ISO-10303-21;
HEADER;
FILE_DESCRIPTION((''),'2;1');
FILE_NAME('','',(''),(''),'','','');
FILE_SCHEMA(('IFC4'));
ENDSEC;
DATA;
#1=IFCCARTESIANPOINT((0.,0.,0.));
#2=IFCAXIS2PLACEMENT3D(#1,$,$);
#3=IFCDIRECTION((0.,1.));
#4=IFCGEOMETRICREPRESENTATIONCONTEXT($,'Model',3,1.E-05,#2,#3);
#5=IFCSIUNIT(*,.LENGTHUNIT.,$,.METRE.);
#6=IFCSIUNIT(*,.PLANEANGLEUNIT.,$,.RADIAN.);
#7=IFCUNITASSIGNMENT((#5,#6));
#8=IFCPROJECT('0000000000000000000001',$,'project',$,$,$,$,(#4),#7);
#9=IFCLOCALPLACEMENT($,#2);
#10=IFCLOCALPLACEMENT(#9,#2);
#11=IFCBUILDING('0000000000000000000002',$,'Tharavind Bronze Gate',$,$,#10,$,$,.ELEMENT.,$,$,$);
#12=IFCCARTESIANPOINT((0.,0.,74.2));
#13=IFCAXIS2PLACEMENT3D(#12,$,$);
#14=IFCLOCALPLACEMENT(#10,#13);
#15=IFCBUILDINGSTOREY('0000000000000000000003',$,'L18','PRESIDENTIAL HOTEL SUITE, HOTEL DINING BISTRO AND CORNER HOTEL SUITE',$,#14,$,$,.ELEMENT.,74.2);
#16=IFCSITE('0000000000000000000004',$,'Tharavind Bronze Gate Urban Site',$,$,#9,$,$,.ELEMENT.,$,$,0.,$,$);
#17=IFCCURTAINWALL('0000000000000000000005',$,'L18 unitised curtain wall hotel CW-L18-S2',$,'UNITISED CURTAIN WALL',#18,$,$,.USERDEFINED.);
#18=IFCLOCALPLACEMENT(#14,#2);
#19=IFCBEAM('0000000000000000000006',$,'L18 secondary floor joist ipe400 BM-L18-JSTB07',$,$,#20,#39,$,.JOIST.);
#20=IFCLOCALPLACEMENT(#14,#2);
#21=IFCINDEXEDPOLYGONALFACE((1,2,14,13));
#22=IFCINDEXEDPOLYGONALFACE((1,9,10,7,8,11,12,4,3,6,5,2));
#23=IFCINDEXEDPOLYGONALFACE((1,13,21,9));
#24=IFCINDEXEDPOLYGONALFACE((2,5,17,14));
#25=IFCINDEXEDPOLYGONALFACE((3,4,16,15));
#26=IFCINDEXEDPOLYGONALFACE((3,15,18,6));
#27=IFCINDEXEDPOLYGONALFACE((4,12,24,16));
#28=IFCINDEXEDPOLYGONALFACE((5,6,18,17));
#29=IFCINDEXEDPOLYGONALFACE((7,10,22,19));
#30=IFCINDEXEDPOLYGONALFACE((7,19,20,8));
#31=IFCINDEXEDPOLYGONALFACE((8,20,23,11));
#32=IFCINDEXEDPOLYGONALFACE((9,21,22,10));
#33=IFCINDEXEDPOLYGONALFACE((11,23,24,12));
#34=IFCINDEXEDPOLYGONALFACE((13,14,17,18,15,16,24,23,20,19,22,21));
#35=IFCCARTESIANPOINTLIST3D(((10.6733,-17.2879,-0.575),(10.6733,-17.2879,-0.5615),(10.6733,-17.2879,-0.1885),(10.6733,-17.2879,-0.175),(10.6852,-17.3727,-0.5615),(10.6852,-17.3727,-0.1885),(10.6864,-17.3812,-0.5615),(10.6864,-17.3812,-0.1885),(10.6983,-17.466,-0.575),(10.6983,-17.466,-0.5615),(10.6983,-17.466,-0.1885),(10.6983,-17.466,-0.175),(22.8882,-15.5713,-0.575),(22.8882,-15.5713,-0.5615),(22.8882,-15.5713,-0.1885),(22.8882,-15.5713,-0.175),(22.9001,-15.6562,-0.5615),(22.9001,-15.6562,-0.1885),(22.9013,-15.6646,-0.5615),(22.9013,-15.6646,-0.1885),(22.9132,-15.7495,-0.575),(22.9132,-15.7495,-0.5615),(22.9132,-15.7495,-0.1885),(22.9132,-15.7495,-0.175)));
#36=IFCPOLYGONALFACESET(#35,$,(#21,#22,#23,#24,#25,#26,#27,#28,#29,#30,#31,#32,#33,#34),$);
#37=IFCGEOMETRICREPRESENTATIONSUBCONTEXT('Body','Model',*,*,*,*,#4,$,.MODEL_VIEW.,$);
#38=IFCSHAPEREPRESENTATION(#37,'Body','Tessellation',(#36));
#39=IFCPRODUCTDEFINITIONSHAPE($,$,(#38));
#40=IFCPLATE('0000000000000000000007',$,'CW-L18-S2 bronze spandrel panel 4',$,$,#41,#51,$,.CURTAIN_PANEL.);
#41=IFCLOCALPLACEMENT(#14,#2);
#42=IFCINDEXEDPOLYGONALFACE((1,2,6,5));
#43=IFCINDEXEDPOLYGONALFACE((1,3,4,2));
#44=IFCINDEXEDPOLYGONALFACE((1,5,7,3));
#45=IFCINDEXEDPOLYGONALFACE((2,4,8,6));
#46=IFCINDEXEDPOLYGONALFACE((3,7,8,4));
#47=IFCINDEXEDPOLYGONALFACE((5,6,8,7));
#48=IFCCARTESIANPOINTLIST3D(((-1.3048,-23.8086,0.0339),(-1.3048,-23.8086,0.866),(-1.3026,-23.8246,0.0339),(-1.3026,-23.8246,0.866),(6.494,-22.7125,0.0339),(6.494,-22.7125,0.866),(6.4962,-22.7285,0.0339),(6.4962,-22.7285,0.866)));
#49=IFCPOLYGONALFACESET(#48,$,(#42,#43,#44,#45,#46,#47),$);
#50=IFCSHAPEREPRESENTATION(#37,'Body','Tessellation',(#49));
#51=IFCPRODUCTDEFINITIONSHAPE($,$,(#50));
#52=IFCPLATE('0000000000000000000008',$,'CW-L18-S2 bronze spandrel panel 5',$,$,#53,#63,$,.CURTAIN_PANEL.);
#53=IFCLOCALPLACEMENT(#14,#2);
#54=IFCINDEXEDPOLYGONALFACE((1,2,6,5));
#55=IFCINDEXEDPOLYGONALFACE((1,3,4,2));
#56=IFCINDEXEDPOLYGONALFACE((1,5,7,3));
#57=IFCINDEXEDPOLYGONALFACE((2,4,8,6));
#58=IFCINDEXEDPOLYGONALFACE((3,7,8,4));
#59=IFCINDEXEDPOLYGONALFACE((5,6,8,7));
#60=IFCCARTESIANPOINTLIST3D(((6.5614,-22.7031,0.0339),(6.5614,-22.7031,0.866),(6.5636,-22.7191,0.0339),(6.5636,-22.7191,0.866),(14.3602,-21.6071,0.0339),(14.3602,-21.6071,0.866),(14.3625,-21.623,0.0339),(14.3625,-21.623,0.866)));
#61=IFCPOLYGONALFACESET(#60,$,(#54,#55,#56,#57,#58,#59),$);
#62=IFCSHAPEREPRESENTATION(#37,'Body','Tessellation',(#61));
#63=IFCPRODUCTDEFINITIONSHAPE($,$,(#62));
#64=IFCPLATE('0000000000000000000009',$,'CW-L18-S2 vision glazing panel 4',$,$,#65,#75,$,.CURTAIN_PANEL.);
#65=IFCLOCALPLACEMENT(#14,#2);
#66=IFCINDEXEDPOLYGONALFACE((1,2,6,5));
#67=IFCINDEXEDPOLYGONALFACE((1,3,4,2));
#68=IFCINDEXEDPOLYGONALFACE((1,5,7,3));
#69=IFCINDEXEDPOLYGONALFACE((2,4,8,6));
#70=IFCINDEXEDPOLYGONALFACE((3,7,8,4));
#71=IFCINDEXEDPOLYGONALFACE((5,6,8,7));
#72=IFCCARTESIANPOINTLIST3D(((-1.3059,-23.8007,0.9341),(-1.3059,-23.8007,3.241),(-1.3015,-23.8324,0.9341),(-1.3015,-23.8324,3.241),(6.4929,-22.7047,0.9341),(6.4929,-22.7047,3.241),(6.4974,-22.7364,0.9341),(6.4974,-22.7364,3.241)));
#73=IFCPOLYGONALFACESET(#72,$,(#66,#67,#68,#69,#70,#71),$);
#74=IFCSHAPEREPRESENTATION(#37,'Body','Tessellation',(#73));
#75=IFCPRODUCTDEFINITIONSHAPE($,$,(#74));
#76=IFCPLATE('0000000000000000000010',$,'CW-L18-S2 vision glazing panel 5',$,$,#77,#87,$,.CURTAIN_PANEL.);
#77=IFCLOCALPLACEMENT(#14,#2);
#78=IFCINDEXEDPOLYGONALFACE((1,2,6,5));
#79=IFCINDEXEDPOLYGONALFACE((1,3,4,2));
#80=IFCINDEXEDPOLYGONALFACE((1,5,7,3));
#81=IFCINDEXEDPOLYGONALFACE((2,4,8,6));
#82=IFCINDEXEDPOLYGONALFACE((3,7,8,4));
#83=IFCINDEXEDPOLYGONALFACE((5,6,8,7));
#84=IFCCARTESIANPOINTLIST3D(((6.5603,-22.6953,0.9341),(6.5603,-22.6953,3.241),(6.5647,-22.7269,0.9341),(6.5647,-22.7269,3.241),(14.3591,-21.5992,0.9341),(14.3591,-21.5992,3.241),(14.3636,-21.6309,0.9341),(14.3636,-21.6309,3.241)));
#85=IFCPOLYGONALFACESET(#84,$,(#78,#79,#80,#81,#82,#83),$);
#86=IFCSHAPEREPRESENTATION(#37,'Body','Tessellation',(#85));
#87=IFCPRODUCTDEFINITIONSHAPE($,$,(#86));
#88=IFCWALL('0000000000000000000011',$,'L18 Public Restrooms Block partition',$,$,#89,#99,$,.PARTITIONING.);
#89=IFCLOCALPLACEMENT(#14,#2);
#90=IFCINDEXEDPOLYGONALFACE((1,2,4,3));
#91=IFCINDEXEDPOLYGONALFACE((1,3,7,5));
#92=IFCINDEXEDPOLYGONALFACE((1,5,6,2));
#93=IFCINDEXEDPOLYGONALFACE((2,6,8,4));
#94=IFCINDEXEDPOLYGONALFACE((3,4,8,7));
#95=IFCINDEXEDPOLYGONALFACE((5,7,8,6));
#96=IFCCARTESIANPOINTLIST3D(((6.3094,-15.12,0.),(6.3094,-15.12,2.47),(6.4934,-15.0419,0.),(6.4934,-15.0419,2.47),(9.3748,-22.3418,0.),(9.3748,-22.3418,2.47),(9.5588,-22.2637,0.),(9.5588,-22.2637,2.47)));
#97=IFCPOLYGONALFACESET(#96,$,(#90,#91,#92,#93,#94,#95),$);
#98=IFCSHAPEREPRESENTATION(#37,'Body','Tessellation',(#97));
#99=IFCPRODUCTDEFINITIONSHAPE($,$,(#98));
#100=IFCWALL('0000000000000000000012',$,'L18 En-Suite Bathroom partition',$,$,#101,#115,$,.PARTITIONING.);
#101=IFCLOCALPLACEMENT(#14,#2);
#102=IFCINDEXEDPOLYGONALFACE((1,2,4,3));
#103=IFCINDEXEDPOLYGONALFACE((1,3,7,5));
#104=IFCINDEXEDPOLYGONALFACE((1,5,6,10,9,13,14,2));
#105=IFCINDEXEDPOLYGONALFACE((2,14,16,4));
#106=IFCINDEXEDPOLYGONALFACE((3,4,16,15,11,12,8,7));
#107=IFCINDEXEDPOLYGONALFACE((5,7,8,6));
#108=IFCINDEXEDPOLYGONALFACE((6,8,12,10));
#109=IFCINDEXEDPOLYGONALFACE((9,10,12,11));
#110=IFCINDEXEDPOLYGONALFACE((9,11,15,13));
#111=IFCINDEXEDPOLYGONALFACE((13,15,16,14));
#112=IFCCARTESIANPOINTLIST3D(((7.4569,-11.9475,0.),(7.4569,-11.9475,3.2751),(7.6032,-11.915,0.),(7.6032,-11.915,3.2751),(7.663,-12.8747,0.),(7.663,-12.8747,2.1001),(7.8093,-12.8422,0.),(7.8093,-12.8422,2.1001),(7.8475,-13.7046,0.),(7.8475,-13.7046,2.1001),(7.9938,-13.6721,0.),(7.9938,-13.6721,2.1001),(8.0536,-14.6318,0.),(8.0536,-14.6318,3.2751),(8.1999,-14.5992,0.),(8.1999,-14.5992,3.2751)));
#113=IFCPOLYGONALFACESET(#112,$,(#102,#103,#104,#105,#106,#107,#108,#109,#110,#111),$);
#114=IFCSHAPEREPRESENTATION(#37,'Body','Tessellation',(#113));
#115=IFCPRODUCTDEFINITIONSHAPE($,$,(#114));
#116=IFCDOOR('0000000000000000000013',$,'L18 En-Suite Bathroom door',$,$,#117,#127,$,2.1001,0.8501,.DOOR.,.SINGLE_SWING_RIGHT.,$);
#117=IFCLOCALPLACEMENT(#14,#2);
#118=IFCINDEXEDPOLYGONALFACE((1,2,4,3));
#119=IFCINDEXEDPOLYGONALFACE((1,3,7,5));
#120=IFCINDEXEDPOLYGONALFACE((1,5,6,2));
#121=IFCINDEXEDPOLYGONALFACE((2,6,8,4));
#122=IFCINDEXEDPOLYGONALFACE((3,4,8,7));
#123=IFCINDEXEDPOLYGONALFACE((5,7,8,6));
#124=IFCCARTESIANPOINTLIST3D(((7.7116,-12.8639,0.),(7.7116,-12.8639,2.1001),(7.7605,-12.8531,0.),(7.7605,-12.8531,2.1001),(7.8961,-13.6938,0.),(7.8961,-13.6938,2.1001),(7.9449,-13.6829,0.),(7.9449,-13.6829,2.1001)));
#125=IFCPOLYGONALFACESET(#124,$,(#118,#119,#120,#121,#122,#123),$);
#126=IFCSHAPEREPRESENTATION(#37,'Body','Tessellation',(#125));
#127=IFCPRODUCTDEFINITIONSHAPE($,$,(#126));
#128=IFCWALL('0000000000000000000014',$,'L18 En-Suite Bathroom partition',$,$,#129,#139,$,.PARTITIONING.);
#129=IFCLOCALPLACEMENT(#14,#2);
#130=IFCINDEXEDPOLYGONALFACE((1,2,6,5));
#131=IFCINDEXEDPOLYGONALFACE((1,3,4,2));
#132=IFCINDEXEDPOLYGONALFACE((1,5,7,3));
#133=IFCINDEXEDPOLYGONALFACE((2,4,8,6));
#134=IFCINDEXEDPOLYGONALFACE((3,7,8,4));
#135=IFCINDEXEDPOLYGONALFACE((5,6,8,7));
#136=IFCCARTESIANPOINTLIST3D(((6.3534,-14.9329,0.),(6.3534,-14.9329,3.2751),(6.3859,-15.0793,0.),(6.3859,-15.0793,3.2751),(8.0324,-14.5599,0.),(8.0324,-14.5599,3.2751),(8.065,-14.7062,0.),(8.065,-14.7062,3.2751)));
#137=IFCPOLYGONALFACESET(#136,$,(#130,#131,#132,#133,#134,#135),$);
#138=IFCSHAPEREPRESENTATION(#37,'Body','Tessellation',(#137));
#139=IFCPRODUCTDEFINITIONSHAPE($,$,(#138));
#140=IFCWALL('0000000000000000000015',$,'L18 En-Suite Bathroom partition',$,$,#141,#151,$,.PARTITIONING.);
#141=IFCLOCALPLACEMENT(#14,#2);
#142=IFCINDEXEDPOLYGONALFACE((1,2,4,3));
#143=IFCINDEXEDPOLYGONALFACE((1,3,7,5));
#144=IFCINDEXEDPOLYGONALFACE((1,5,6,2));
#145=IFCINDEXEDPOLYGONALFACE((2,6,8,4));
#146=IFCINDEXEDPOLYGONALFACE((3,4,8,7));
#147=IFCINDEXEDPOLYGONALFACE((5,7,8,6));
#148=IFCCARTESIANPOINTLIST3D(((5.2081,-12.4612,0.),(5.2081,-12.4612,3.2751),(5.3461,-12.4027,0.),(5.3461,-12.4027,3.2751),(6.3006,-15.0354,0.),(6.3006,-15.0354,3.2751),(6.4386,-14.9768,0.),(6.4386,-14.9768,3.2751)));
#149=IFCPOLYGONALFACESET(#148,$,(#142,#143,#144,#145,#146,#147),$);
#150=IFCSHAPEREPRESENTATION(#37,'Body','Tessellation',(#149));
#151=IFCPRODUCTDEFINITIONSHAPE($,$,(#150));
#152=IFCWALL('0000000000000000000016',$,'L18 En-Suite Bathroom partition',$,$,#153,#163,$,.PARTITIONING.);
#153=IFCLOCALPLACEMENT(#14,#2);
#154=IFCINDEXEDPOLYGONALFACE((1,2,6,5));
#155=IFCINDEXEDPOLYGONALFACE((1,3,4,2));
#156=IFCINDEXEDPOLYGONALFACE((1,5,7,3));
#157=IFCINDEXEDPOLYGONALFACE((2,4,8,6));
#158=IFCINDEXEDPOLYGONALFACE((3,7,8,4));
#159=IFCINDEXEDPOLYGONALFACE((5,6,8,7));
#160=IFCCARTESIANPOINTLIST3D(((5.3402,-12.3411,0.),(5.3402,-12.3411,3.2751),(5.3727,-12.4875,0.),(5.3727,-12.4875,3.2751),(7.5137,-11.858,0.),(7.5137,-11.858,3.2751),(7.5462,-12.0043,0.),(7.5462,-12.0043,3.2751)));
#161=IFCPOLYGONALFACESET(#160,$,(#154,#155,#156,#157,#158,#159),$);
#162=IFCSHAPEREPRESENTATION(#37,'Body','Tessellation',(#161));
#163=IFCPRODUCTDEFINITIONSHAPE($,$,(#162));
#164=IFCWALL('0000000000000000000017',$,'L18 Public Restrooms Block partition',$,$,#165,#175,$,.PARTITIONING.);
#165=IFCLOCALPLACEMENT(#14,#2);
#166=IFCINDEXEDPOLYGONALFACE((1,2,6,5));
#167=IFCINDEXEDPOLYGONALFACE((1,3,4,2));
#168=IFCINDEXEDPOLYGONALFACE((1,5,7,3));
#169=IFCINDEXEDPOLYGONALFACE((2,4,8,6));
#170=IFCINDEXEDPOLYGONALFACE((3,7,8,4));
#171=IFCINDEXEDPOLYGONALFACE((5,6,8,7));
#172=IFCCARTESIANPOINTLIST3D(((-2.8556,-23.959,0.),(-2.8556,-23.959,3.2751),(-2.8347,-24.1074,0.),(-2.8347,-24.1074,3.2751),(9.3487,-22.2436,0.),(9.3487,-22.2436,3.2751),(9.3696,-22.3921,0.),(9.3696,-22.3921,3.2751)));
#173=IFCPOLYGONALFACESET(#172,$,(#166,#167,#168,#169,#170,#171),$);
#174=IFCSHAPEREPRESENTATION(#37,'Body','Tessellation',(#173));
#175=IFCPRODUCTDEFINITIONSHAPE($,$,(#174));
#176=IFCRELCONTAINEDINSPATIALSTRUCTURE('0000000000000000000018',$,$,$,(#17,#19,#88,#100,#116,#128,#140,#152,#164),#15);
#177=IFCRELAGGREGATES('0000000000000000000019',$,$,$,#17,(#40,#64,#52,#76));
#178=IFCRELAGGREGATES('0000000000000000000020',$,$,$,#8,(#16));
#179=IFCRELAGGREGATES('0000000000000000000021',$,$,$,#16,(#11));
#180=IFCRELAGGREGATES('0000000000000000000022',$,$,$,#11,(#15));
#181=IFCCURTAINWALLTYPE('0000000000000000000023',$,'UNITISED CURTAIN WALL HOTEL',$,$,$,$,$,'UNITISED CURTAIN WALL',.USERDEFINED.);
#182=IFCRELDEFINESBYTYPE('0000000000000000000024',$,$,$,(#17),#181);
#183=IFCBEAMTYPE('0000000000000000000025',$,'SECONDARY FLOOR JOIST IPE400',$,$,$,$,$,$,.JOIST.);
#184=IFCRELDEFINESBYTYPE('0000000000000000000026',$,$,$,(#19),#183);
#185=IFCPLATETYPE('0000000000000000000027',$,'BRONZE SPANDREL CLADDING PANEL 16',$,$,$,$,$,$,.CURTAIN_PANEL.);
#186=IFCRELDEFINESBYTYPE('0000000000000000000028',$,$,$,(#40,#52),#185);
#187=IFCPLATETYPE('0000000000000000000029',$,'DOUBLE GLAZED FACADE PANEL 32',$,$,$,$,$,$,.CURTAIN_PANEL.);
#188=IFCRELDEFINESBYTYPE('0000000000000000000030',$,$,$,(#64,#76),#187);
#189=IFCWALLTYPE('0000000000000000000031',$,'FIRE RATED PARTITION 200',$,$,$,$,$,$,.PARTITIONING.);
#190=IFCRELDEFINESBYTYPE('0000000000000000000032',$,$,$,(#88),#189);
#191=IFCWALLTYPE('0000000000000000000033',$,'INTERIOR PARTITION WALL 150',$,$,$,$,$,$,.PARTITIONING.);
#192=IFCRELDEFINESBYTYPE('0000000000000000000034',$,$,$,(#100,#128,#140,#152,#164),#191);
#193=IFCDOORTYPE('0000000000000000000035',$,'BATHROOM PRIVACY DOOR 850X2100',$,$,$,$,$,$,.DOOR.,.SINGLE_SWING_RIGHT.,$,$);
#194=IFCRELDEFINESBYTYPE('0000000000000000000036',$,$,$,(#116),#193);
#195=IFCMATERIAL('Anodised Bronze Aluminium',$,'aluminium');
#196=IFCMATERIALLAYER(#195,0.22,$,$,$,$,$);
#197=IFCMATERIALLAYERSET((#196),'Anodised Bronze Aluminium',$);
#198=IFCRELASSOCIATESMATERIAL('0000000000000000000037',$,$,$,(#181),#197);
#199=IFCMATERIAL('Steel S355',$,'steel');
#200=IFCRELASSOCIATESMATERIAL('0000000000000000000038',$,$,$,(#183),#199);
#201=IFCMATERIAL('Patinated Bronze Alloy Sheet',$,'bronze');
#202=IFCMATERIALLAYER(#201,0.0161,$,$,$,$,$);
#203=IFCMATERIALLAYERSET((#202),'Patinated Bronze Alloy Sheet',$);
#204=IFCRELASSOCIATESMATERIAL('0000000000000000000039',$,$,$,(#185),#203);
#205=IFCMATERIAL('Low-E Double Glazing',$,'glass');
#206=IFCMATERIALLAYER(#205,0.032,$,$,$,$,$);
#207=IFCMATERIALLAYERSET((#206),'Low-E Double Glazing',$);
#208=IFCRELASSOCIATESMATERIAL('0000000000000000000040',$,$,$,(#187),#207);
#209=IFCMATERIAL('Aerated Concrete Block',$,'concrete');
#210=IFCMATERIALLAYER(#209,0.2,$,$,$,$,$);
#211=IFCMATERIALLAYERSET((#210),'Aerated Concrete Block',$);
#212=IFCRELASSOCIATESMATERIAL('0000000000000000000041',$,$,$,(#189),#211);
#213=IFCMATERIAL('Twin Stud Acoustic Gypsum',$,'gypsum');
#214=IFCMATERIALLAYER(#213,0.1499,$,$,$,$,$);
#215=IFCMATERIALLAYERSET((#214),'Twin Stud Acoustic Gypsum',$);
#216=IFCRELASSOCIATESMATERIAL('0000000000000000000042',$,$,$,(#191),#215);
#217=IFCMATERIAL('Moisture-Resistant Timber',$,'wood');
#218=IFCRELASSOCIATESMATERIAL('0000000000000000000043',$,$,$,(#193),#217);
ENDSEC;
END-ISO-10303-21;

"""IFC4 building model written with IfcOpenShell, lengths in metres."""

from ifc_helpers import new_model, si_unit, direction, frame, frame_2d, origin, origin_2d, place, context, subcontext, project, spatial, rectangle, i_section, extrude, material, layer, layer_set, material_profile, profile_set, type_object, element, fill, aggregate, save


model = new_model("IFC4")

# Units and contexts
model_context = context("Model", 3, precision=1e-05, world=origin(), true_north=direction((0.0, 1.0)))
body_context = subcontext(model_context, "Body", "Model", "MODEL_VIEW")
ifc_project = project(units=[si_unit("LENGTHUNIT", "METRE"), si_unit("PLANEANGLEUNIT", "RADIAN")], contexts=[model_context])

# Site, building, storey
site_placement = place(None, origin())
site = spatial("IfcSite", under=ifc_project, at=site_placement, Name="Tharavind Bronze Gate Urban Site", CompositionType="ELEMENT", RefElevation=0.0)
building_placement = place(site_placement, origin())
building = spatial("IfcBuilding", under=site, at=building_placement, Name="Tharavind Bronze Gate", CompositionType="ELEMENT")
storey_placement = place(building_placement, frame((0.0, 0.0, 74.2)))
storey = spatial("IfcBuildingStorey", under=building, at=storey_placement, Name="L18", Description="PRESIDENTIAL HOTEL SUITE, HOTEL DINING BISTRO AND CORNER HOTEL SUITE", CompositionType="ELEMENT", Elevation=74.2)

# Curtain wall
ifc_material_1 = material(Name="Anodised Bronze Aluminium", Category="aluminium")
ifc_layer_1 = layer(ifc_material_1, 0.22)
ifc_layer_set_1 = layer_set([ifc_layer_1], Name="Anodised Bronze Aluminium")
curtain_wall_type = type_object("IfcCurtainWallType", Name="UNITISED CURTAIN WALL HOTEL", ElementType="UNITISED CURTAIN WALL", PredefinedType="USERDEFINED", material=ifc_layer_set_1)
curtain_wall_placement = place(storey_placement, origin())
curtain_wall = element("IfcCurtainWall", 1, at=curtain_wall_placement, inside=storey, type_object=curtain_wall_type, Name="L18 unitised curtain wall hotel CW-L18-S2", ObjectType="UNITISED CURTAIN WALL", PredefinedType="USERDEFINED")

# Beam
ifc_material_2 = material(Name="Steel S355", Category="steel")
ifc_material_profile_1 = material_profile(ifc_material_2, i_section(OverallWidth=0.1799, OverallDepth=0.3999, WebThickness=0.0085, FlangeThickness=0.0134, at=origin_2d()), Name="IPE400")
ifc_profile_set_1 = profile_set([ifc_material_profile_1], Name="Steel S355")
beam_type_1 = type_object("IfcBeamType", Name="SECONDARY FLOOR JOIST IPE400", PredefinedType="JOIST", material=ifc_profile_set_1)
beam_1_placement = place(storey_placement, frame((10.6858, -17.377, -0.375), z_axis=(0.99027, 0.139163, 0.0), x_axis=(-0.139163, 0.99027, 0.0)))
element("IfcBeam", 2, at=beam_1_placement, inside=storey, type_object=beam_type_1, Name="L18 secondary floor joist ipe400 BM-L18-JSTB07", PredefinedType="JOIST", context=body_context, shape_type="SweptSolid", body=[
    extrude(i_section(OverallWidth=0.1799, OverallDepth=0.3999, WebThickness=0.0085, FlangeThickness=0.0134, at=origin_2d()), origin(), (0.0, 0.0, 1.0), 12.335),
])

# Plates
ifc_material_3 = material(Name="Patinated Bronze Alloy Sheet", Category="bronze")
ifc_layer_2 = layer(ifc_material_3, 0.0161)
ifc_layer_set_2 = layer_set([ifc_layer_2], Name="Patinated Bronze Alloy Sheet")
plate_type_1 = type_object("IfcPlateType", Name="BRONZE SPANDREL CLADDING PANEL 16", PredefinedType="CURTAIN_PANEL", material=ifc_layer_set_2)
plate_1_placement = place(storey_placement, frame((2.5957, -23.2686, 0.0339), z_axis=(0.0, 0.0, 1.0), x_axis=(0.990268, 0.139173, 0.0)))
plate_1 = element("IfcPlate", 3, at=plate_1_placement, type_object=plate_type_1, Name="CW-L18-S2 bronze spandrel panel 4", PredefinedType="CURTAIN_PANEL", context=body_context, shape_type="SweptSolid", body=[
    extrude(rectangle(XDim=7.8755, YDim=0.0161, at=origin_2d()), origin(), (0.0, 0.0, 1.0), 0.832),
])
plate_2_placement = place(storey_placement, frame((10.4619, -22.1631, 0.0339), z_axis=(0.0, 0.0, 1.0), x_axis=(0.990268, 0.139173, 0.0)))
plate_2 = element("IfcPlate", 4, at=plate_2_placement, type_object=plate_type_1, Name="CW-L18-S2 bronze spandrel panel 5", PredefinedType="CURTAIN_PANEL", context=body_context, shape_type="SweptSolid", body=[
    extrude(rectangle(XDim=7.8755, YDim=0.0161, at=origin_2d()), origin(), (0.0, 0.0, 1.0), 0.832),
])
ifc_material_4 = material(Name="Low-E Double Glazing", Category="glass")
ifc_layer_3 = layer(ifc_material_4, 0.032)
ifc_layer_set_3 = layer_set([ifc_layer_3], Name="Low-E Double Glazing")
plate_type_2 = type_object("IfcPlateType", Name="DOUBLE GLAZED FACADE PANEL 32", PredefinedType="CURTAIN_PANEL", material=ifc_layer_set_3)
plate_3_placement = place(storey_placement, frame((2.5957, -23.2686, 0.9341), z_axis=(0.0, 0.0, 1.0), x_axis=(0.990268, 0.139173, 0.0)))
plate_3 = element("IfcPlate", 5, at=plate_3_placement, type_object=plate_type_2, Name="CW-L18-S2 vision glazing panel 4", PredefinedType="CURTAIN_PANEL", context=body_context, shape_type="SweptSolid", body=[
    extrude(rectangle(XDim=7.8755, YDim=0.032, at=origin_2d()), origin(), (0.0, 0.0, 1.0), 2.3069),
])
plate_4_placement = place(storey_placement, frame((10.4619, -22.1631, 0.9341), z_axis=(0.0, 0.0, 1.0), x_axis=(0.990268, 0.139173, 0.0)))
plate_4 = element("IfcPlate", 6, at=plate_4_placement, type_object=plate_type_2, Name="CW-L18-S2 vision glazing panel 5", PredefinedType="CURTAIN_PANEL", context=body_context, shape_type="SweptSolid", body=[
    extrude(rectangle(XDim=7.8755, YDim=0.032, at=origin_2d()), origin(), (0.0, 0.0, 1.0), 2.3069),
])
aggregate(curtain_wall, [plate_1, plate_3, plate_2, plate_4])

# Wall
ifc_material_5 = material(Name="Aerated Concrete Block", Category="concrete")
ifc_layer_4 = layer(ifc_material_5, 0.2)
ifc_layer_set_4 = layer_set([ifc_layer_4], Name="Aerated Concrete Block")
wall_type_1 = type_object("IfcWallType", Name="FIRE RATED PARTITION 200", PredefinedType="PARTITIONING", material=ifc_layer_set_4)
wall_1_placement = place(storey_placement, frame((6.4014, -15.0808, 0.0), z_axis=(0.0, 0.0, 1.0), x_axis=(0.390721, -0.920509, 0.0)))
element("IfcWall", 7, at=wall_1_placement, inside=storey, type_object=wall_type_1, Name="L18 Public Restrooms Block partition", PredefinedType="PARTITIONING", context=body_context, shape_type="SweptSolid", body=[
    extrude(rectangle(XDim=7.8455, YDim=0.2, at=frame_2d((3.9229, 0.0))), origin(), (0.0, 0.0, 1.0), 2.47),
])

# Wall, opening, door
ifc_material_6 = material(Name="Twin Stud Acoustic Gypsum", Category="gypsum")
ifc_layer_5 = layer(ifc_material_6, 0.1499)
ifc_layer_set_5 = layer_set([ifc_layer_5], Name="Twin Stud Acoustic Gypsum")
wall_type_2 = type_object("IfcWallType", Name="INTERIOR PARTITION WALL 150", PredefinedType="PARTITIONING", material=ifc_layer_set_5)
wall_2_placement = place(storey_placement, frame((7.53, -11.9312, 0.0), z_axis=(0.0, 0.0, 1.0), x_axis=(0.216987, -0.976175, 0.0)))
wall_2 = element("IfcWall", 8, at=wall_2_placement, inside=storey, type_object=wall_type_2, Name="L18 En-Suite Bathroom partition", PredefinedType="PARTITIONING", context=body_context, shape_type="SweptSolid", body=[
    extrude(rectangle(XDim=2.7498, YDim=0.1499, at=frame_2d((1.375, 0.0))), origin(), (0.0, 0.0, 1.0), 3.2751),
])
opening_placement = place(wall_2_placement, frame((0.95, 0.0, 0.0)))
opening = element("IfcOpeningElement", 9, at=opening_placement, cuts=wall_2, PredefinedType="OPENING", context=body_context, shape_type="SweptSolid", body=[
    extrude(rectangle(XDim=0.8501, YDim=2.1001, at=frame_2d((0.425, 1.05))), frame((0.0, 0.085, 0.0), z_axis=(0.0, -1.0, 0.0), x_axis=(1.0, 0.0, 0.0)), (0.0, 0.0, 1.0), 0.1699),
])
ifc_material_7 = material(Name="Moisture-Resistant Timber", Category="wood")
door_type = type_object("IfcDoorType", Name="BATHROOM PRIVACY DOOR 850X2100", OperationType="SINGLE_SWING_RIGHT", PredefinedType="DOOR", material=ifc_material_7)
door_placement = place(opening_placement, origin())
door = element("IfcDoor", 10, at=door_placement, inside=storey, type_object=door_type, Name="L18 En-Suite Bathroom door", OperationType="SINGLE_SWING_RIGHT", OverallHeight=2.1001, OverallWidth=0.8501, PredefinedType="DOOR", context=body_context, shape_type="SweptSolid", body=[
    extrude(rectangle(XDim=0.8501, YDim=2.1001, at=frame_2d((0.425, 1.05))), frame((0.0, 0.0249, 0.0), z_axis=(0.0, -1.0, 0.0), x_axis=(1.0, 0.0, 0.0)), (0.0, 0.0, 1.0), 0.05),
])
fill(opening, door)

# Walls
wall_3_placement = place(storey_placement, frame((8.0486, -14.6331, 0.0), z_axis=(0.0, 0.0, 1.0), x_axis=(-0.976194, -0.2169, 0.0)))
element("IfcWall", 11, at=wall_3_placement, inside=storey, type_object=wall_type_2, Name="L18 En-Suite Bathroom partition", PredefinedType="PARTITIONING", context=body_context, shape_type="SweptSolid", body=[
    extrude(rectangle(XDim=1.72, YDim=0.1499, at=frame_2d((0.8599, 0.0))), origin(), (0.0, 0.0, 1.0), 3.2751),
])
wall_4_placement = place(storey_placement, frame((6.3696, -15.0061, 0.0), z_axis=(0.0, 0.0, 1.0), x_axis=(-0.390682, 0.920526, 0.0)))
element("IfcWall", 12, at=wall_4_placement, inside=storey, type_object=wall_type_2, Name="L18 En-Suite Bathroom partition", PredefinedType="PARTITIONING", context=body_context, shape_type="SweptSolid", body=[
    extrude(rectangle(XDim=2.7964, YDim=0.1499, at=frame_2d((1.3982, 0.0))), origin(), (0.0, 0.0, 1.0), 3.2751),
])
wall_5_placement = place(storey_placement, frame((5.3564, -12.4143, 0.0), z_axis=(0.0, 0.0, 1.0), x_axis=(0.976174, 0.216989, 0.0)))
element("IfcWall", 13, at=wall_5_placement, inside=storey, type_object=wall_type_2, Name="L18 En-Suite Bathroom partition", PredefinedType="PARTITIONING", context=body_context, shape_type="SweptSolid", body=[
    extrude(rectangle(XDim=2.2266, YDim=0.1499, at=frame_2d((1.1133, 0.0))), origin(), (0.0, 0.0, 1.0), 3.2751),
])
wall_6_placement = place(storey_placement, frame((9.3591, -22.3179, 0.0), z_axis=(0.0, 0.0, 1.0), x_axis=(-0.990267, -0.139183, 0.0)))
element("IfcWall", 14, at=wall_6_placement, inside=storey, type_object=wall_type_2, Name="L18 Public Restrooms Block partition", PredefinedType="PARTITIONING", context=body_context, shape_type="SweptSolid", body=[
    extrude(rectangle(XDim=12.3242, YDim=0.1499, at=frame_2d((6.1621, 0.0))), origin(), (0.0, 0.0, 1.0), 3.2751),
])

save(model, "model.ifc")
